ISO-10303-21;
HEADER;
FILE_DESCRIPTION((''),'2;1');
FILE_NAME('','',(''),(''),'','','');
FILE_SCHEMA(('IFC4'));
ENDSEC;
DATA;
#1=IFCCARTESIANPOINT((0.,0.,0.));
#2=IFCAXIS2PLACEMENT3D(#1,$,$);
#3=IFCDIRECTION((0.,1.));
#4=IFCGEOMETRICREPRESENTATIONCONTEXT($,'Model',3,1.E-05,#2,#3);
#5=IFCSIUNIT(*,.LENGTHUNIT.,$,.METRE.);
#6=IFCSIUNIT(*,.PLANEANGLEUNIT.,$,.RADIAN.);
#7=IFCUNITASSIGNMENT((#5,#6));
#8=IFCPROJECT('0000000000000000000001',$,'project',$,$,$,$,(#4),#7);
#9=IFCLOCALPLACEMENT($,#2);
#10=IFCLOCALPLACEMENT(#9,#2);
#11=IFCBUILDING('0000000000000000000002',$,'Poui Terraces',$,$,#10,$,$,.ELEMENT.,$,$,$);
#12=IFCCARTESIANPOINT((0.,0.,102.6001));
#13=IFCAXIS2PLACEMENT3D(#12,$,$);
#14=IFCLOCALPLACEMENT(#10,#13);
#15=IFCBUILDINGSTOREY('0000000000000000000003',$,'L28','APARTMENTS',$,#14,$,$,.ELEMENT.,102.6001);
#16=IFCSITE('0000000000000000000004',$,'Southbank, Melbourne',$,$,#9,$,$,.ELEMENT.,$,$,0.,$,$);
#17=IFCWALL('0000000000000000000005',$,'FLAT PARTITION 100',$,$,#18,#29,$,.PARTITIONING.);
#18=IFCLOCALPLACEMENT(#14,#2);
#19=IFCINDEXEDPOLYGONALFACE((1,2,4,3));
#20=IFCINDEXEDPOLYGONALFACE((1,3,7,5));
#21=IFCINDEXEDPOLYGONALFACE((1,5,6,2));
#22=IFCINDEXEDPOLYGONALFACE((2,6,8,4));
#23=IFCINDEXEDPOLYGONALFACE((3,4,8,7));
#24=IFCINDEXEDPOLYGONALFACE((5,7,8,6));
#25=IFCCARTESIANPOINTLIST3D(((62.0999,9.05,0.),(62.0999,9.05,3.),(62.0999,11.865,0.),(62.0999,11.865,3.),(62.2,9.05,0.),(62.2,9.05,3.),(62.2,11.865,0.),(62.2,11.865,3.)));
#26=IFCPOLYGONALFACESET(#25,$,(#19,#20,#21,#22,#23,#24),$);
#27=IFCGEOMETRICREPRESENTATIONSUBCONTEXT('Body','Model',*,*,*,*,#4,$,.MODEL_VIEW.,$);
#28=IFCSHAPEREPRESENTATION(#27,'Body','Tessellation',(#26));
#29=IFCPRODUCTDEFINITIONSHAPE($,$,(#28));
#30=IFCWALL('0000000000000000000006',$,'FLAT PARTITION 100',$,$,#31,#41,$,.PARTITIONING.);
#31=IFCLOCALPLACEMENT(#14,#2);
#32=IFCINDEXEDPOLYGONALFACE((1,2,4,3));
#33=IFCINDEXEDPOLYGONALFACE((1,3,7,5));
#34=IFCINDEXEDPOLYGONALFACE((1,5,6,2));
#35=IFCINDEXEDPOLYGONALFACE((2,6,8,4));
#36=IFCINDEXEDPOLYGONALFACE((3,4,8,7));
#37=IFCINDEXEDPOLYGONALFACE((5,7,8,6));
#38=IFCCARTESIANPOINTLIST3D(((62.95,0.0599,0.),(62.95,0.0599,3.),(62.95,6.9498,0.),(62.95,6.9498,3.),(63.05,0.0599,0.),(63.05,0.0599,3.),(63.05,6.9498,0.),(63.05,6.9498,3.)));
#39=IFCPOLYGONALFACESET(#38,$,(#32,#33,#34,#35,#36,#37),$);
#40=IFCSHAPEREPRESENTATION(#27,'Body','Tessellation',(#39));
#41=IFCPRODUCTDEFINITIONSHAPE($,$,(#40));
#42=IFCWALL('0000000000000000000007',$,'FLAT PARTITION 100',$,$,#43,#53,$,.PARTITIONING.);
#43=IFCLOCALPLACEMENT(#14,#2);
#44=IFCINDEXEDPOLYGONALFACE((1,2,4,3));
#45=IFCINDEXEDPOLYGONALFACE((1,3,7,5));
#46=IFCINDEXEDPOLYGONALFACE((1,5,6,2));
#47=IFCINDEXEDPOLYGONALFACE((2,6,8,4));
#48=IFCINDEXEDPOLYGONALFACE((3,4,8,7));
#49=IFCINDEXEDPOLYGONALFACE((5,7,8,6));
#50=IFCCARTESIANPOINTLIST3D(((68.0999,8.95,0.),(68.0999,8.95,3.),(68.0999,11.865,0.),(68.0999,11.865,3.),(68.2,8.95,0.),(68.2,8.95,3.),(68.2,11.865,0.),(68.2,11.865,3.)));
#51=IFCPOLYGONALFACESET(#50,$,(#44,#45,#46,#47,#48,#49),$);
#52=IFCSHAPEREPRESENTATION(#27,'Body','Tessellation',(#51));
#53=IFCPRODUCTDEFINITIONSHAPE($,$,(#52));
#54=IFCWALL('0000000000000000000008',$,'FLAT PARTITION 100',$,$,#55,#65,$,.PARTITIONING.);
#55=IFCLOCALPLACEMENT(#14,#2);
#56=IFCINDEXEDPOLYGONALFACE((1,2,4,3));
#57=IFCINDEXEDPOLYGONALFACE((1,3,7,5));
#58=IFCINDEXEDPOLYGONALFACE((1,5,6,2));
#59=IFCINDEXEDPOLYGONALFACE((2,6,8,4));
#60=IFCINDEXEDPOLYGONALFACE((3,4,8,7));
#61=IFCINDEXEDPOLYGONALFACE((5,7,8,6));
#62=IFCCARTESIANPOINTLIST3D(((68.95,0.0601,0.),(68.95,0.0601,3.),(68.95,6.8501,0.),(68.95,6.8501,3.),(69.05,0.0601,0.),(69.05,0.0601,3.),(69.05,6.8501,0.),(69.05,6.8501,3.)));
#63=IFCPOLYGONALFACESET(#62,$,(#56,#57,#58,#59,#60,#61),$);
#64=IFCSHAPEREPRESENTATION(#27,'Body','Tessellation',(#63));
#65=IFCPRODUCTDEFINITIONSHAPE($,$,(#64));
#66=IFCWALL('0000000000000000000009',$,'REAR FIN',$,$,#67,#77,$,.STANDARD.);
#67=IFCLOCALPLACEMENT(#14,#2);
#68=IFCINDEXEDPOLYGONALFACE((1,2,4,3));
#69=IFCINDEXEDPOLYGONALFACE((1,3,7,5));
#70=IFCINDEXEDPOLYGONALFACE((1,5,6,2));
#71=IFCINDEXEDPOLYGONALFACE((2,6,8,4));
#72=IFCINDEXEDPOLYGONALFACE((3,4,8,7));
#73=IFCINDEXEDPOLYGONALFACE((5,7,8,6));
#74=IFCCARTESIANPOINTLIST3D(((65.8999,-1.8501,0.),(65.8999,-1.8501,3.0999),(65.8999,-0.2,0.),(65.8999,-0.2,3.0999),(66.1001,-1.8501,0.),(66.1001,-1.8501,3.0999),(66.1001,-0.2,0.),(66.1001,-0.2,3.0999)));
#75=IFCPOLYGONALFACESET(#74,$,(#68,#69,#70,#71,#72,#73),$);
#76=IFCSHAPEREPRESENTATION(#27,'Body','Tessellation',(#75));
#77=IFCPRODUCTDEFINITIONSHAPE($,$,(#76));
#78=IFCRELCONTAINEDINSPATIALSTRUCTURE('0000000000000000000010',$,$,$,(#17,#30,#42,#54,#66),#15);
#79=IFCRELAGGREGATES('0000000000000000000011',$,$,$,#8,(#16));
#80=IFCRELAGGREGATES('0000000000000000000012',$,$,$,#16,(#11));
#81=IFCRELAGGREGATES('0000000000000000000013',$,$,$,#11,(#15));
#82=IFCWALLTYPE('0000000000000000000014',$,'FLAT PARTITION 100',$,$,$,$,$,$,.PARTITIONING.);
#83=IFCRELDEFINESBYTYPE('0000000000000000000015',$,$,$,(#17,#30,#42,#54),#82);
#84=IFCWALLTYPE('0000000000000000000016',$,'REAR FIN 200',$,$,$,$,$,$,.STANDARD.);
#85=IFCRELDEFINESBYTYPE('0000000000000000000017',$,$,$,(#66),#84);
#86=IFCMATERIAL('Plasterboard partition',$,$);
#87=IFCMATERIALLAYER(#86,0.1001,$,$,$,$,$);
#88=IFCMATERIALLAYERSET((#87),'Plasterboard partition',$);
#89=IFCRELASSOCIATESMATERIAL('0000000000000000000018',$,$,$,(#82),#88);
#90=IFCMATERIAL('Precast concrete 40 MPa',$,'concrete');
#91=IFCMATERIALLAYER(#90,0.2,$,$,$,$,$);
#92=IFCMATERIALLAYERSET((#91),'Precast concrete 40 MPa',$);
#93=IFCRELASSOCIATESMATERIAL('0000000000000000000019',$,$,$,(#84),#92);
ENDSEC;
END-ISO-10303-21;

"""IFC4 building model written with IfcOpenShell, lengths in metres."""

from ifc_helpers import new_model, si_unit, direction, frame, frame_2d, origin, place, context, subcontext, project, spatial, polyline, rectangle, outline, extrude, source, transform, mapped, material, layer, layer_set, type_object, element, save


model = new_model("IFC4")

# Units and contexts
model_context = context("Model", 3, precision=1e-05, world=origin(), true_north=direction((0.0, 1.0)))
body_context = subcontext(model_context, "Body", "Model", "MODEL_VIEW")
ifc_project = project(units=[si_unit("LENGTHUNIT", "METRE"), si_unit("PLANEANGLEUNIT", "RADIAN")], contexts=[model_context])

# Site, building, storey
site_placement = place(None, origin())
site = spatial("IfcSite", under=ifc_project, at=site_placement, Name="Southbank, Melbourne", CompositionType="ELEMENT", RefElevation=0.0)
building_placement = place(site_placement, origin())
building = spatial("IfcBuilding", under=site, at=building_placement, Name="Poui Terraces", CompositionType="ELEMENT")
storey_placement = place(building_placement, frame((0.0, 0.0, 102.6001)))
storey = spatial("IfcBuildingStorey", under=building, at=storey_placement, Name="L28", Description="APARTMENTS", CompositionType="ELEMENT", Elevation=102.6001)

# Shared definitions
ifc_material_1 = material(Name="Plasterboard partition")
ifc_layer_1 = layer(ifc_material_1, 0.1001)
ifc_layer_set_1 = layer_set([ifc_layer_1], Name="Plasterboard partition")
wall_type_1 = type_object("IfcWallType", Name="FLAT PARTITION 100", PredefinedType="PARTITIONING", material=ifc_layer_set_1)

# Walls
wall_1_placement = place(storey_placement, frame((62.1499, 9.05, 0.0), z_axis=(0.0, 0.0, 1.0), x_axis=(0.0, 1.0, 0.0)))
element("IfcWall", 1, at=wall_1_placement, inside=storey, type_object=wall_type_1, Name="FLAT PARTITION 100", PredefinedType="PARTITIONING", context=body_context, shape_type="SweptSolid", body=[
    extrude(rectangle(XDim=2.8149, YDim=0.1001, at=frame_2d((1.4075, 0.0))), origin(), (0.0, 0.0, 1.0), 3.0),
])
wall_2_placement = place(storey_placement, frame((63.0, 0.0601, 0.0), z_axis=(0.0, 0.0, 1.0), x_axis=(0.0, 1.0, 0.0)))
element("IfcWall", 2, at=wall_2_placement, inside=storey, type_object=wall_type_1, Name="FLAT PARTITION 100", PredefinedType="PARTITIONING", context=body_context, shape_type="SweptSolid", body=[
    extrude(rectangle(XDim=6.8899, YDim=0.1001, at=frame_2d((3.4448, 0.0))), origin(), (0.0, 0.0, 1.0), 3.0),
])
wall_3_placement = place(storey_placement, frame((68.1499, 8.95, 0.0), z_axis=(0.0, 0.0, 1.0), x_axis=(0.0, 1.0, 0.0)))
element("IfcWall", 3, at=wall_3_placement, inside=storey, type_object=wall_type_1, Name="FLAT PARTITION 100", PredefinedType="PARTITIONING", context=body_context, shape_type="SweptSolid", body=[
    extrude(rectangle(XDim=2.915, YDim=0.1001, at=frame_2d((1.4575, 0.0))), origin(), (0.0, 0.0, 1.0), 3.0),
])
wall_4_placement = place(storey_placement, frame((69.0, 0.0601, 0.0), z_axis=(0.0, 0.0, 1.0), x_axis=(0.0, 1.0, 0.0)))
element("IfcWall", 4, at=wall_4_placement, inside=storey, type_object=wall_type_1, Name="FLAT PARTITION 100", PredefinedType="PARTITIONING", context=body_context, shape_type="SweptSolid", body=[
    extrude(rectangle(XDim=6.79, YDim=0.1001, at=frame_2d((3.395, 0.0))), origin(), (0.0, 0.0, 1.0), 3.0),
])
ifc_material_2 = material(Name="Precast concrete 40 MPa", Category="concrete")
ifc_layer_2 = layer(ifc_material_2, 0.2)
ifc_layer_set_2 = layer_set([ifc_layer_2], Name="Precast concrete 40 MPa")
wall_type_2 = type_object("IfcWallType", Name="REAR FIN 200", PredefinedType="STANDARD", material=ifc_layer_set_2)
shared_shape_1 = source(origin(), body_context, "Body", "SweptSolid", [
    extrude(outline(polyline([(0.0, 0.0), (0.2002, 0.0), (0.2002, 1.6501), (0.0, 1.6501), (0.0, 0.0)])), origin(), (0.0, 0.0, 1.0), 3.0999),
])
wall_5_placement = place(storey_placement, frame((65.8999, -1.8501, 0.0)))
element("IfcWall", 5, at=wall_5_placement, inside=storey, type_object=wall_type_2, Name="REAR FIN", PredefinedType="STANDARD", context=body_context, shape_type="MappedRepresentation", body=[
    mapped(shared_shape_1, transform((0.0, 0.0, 0.0))),
])

save(model, "model.ifc")
